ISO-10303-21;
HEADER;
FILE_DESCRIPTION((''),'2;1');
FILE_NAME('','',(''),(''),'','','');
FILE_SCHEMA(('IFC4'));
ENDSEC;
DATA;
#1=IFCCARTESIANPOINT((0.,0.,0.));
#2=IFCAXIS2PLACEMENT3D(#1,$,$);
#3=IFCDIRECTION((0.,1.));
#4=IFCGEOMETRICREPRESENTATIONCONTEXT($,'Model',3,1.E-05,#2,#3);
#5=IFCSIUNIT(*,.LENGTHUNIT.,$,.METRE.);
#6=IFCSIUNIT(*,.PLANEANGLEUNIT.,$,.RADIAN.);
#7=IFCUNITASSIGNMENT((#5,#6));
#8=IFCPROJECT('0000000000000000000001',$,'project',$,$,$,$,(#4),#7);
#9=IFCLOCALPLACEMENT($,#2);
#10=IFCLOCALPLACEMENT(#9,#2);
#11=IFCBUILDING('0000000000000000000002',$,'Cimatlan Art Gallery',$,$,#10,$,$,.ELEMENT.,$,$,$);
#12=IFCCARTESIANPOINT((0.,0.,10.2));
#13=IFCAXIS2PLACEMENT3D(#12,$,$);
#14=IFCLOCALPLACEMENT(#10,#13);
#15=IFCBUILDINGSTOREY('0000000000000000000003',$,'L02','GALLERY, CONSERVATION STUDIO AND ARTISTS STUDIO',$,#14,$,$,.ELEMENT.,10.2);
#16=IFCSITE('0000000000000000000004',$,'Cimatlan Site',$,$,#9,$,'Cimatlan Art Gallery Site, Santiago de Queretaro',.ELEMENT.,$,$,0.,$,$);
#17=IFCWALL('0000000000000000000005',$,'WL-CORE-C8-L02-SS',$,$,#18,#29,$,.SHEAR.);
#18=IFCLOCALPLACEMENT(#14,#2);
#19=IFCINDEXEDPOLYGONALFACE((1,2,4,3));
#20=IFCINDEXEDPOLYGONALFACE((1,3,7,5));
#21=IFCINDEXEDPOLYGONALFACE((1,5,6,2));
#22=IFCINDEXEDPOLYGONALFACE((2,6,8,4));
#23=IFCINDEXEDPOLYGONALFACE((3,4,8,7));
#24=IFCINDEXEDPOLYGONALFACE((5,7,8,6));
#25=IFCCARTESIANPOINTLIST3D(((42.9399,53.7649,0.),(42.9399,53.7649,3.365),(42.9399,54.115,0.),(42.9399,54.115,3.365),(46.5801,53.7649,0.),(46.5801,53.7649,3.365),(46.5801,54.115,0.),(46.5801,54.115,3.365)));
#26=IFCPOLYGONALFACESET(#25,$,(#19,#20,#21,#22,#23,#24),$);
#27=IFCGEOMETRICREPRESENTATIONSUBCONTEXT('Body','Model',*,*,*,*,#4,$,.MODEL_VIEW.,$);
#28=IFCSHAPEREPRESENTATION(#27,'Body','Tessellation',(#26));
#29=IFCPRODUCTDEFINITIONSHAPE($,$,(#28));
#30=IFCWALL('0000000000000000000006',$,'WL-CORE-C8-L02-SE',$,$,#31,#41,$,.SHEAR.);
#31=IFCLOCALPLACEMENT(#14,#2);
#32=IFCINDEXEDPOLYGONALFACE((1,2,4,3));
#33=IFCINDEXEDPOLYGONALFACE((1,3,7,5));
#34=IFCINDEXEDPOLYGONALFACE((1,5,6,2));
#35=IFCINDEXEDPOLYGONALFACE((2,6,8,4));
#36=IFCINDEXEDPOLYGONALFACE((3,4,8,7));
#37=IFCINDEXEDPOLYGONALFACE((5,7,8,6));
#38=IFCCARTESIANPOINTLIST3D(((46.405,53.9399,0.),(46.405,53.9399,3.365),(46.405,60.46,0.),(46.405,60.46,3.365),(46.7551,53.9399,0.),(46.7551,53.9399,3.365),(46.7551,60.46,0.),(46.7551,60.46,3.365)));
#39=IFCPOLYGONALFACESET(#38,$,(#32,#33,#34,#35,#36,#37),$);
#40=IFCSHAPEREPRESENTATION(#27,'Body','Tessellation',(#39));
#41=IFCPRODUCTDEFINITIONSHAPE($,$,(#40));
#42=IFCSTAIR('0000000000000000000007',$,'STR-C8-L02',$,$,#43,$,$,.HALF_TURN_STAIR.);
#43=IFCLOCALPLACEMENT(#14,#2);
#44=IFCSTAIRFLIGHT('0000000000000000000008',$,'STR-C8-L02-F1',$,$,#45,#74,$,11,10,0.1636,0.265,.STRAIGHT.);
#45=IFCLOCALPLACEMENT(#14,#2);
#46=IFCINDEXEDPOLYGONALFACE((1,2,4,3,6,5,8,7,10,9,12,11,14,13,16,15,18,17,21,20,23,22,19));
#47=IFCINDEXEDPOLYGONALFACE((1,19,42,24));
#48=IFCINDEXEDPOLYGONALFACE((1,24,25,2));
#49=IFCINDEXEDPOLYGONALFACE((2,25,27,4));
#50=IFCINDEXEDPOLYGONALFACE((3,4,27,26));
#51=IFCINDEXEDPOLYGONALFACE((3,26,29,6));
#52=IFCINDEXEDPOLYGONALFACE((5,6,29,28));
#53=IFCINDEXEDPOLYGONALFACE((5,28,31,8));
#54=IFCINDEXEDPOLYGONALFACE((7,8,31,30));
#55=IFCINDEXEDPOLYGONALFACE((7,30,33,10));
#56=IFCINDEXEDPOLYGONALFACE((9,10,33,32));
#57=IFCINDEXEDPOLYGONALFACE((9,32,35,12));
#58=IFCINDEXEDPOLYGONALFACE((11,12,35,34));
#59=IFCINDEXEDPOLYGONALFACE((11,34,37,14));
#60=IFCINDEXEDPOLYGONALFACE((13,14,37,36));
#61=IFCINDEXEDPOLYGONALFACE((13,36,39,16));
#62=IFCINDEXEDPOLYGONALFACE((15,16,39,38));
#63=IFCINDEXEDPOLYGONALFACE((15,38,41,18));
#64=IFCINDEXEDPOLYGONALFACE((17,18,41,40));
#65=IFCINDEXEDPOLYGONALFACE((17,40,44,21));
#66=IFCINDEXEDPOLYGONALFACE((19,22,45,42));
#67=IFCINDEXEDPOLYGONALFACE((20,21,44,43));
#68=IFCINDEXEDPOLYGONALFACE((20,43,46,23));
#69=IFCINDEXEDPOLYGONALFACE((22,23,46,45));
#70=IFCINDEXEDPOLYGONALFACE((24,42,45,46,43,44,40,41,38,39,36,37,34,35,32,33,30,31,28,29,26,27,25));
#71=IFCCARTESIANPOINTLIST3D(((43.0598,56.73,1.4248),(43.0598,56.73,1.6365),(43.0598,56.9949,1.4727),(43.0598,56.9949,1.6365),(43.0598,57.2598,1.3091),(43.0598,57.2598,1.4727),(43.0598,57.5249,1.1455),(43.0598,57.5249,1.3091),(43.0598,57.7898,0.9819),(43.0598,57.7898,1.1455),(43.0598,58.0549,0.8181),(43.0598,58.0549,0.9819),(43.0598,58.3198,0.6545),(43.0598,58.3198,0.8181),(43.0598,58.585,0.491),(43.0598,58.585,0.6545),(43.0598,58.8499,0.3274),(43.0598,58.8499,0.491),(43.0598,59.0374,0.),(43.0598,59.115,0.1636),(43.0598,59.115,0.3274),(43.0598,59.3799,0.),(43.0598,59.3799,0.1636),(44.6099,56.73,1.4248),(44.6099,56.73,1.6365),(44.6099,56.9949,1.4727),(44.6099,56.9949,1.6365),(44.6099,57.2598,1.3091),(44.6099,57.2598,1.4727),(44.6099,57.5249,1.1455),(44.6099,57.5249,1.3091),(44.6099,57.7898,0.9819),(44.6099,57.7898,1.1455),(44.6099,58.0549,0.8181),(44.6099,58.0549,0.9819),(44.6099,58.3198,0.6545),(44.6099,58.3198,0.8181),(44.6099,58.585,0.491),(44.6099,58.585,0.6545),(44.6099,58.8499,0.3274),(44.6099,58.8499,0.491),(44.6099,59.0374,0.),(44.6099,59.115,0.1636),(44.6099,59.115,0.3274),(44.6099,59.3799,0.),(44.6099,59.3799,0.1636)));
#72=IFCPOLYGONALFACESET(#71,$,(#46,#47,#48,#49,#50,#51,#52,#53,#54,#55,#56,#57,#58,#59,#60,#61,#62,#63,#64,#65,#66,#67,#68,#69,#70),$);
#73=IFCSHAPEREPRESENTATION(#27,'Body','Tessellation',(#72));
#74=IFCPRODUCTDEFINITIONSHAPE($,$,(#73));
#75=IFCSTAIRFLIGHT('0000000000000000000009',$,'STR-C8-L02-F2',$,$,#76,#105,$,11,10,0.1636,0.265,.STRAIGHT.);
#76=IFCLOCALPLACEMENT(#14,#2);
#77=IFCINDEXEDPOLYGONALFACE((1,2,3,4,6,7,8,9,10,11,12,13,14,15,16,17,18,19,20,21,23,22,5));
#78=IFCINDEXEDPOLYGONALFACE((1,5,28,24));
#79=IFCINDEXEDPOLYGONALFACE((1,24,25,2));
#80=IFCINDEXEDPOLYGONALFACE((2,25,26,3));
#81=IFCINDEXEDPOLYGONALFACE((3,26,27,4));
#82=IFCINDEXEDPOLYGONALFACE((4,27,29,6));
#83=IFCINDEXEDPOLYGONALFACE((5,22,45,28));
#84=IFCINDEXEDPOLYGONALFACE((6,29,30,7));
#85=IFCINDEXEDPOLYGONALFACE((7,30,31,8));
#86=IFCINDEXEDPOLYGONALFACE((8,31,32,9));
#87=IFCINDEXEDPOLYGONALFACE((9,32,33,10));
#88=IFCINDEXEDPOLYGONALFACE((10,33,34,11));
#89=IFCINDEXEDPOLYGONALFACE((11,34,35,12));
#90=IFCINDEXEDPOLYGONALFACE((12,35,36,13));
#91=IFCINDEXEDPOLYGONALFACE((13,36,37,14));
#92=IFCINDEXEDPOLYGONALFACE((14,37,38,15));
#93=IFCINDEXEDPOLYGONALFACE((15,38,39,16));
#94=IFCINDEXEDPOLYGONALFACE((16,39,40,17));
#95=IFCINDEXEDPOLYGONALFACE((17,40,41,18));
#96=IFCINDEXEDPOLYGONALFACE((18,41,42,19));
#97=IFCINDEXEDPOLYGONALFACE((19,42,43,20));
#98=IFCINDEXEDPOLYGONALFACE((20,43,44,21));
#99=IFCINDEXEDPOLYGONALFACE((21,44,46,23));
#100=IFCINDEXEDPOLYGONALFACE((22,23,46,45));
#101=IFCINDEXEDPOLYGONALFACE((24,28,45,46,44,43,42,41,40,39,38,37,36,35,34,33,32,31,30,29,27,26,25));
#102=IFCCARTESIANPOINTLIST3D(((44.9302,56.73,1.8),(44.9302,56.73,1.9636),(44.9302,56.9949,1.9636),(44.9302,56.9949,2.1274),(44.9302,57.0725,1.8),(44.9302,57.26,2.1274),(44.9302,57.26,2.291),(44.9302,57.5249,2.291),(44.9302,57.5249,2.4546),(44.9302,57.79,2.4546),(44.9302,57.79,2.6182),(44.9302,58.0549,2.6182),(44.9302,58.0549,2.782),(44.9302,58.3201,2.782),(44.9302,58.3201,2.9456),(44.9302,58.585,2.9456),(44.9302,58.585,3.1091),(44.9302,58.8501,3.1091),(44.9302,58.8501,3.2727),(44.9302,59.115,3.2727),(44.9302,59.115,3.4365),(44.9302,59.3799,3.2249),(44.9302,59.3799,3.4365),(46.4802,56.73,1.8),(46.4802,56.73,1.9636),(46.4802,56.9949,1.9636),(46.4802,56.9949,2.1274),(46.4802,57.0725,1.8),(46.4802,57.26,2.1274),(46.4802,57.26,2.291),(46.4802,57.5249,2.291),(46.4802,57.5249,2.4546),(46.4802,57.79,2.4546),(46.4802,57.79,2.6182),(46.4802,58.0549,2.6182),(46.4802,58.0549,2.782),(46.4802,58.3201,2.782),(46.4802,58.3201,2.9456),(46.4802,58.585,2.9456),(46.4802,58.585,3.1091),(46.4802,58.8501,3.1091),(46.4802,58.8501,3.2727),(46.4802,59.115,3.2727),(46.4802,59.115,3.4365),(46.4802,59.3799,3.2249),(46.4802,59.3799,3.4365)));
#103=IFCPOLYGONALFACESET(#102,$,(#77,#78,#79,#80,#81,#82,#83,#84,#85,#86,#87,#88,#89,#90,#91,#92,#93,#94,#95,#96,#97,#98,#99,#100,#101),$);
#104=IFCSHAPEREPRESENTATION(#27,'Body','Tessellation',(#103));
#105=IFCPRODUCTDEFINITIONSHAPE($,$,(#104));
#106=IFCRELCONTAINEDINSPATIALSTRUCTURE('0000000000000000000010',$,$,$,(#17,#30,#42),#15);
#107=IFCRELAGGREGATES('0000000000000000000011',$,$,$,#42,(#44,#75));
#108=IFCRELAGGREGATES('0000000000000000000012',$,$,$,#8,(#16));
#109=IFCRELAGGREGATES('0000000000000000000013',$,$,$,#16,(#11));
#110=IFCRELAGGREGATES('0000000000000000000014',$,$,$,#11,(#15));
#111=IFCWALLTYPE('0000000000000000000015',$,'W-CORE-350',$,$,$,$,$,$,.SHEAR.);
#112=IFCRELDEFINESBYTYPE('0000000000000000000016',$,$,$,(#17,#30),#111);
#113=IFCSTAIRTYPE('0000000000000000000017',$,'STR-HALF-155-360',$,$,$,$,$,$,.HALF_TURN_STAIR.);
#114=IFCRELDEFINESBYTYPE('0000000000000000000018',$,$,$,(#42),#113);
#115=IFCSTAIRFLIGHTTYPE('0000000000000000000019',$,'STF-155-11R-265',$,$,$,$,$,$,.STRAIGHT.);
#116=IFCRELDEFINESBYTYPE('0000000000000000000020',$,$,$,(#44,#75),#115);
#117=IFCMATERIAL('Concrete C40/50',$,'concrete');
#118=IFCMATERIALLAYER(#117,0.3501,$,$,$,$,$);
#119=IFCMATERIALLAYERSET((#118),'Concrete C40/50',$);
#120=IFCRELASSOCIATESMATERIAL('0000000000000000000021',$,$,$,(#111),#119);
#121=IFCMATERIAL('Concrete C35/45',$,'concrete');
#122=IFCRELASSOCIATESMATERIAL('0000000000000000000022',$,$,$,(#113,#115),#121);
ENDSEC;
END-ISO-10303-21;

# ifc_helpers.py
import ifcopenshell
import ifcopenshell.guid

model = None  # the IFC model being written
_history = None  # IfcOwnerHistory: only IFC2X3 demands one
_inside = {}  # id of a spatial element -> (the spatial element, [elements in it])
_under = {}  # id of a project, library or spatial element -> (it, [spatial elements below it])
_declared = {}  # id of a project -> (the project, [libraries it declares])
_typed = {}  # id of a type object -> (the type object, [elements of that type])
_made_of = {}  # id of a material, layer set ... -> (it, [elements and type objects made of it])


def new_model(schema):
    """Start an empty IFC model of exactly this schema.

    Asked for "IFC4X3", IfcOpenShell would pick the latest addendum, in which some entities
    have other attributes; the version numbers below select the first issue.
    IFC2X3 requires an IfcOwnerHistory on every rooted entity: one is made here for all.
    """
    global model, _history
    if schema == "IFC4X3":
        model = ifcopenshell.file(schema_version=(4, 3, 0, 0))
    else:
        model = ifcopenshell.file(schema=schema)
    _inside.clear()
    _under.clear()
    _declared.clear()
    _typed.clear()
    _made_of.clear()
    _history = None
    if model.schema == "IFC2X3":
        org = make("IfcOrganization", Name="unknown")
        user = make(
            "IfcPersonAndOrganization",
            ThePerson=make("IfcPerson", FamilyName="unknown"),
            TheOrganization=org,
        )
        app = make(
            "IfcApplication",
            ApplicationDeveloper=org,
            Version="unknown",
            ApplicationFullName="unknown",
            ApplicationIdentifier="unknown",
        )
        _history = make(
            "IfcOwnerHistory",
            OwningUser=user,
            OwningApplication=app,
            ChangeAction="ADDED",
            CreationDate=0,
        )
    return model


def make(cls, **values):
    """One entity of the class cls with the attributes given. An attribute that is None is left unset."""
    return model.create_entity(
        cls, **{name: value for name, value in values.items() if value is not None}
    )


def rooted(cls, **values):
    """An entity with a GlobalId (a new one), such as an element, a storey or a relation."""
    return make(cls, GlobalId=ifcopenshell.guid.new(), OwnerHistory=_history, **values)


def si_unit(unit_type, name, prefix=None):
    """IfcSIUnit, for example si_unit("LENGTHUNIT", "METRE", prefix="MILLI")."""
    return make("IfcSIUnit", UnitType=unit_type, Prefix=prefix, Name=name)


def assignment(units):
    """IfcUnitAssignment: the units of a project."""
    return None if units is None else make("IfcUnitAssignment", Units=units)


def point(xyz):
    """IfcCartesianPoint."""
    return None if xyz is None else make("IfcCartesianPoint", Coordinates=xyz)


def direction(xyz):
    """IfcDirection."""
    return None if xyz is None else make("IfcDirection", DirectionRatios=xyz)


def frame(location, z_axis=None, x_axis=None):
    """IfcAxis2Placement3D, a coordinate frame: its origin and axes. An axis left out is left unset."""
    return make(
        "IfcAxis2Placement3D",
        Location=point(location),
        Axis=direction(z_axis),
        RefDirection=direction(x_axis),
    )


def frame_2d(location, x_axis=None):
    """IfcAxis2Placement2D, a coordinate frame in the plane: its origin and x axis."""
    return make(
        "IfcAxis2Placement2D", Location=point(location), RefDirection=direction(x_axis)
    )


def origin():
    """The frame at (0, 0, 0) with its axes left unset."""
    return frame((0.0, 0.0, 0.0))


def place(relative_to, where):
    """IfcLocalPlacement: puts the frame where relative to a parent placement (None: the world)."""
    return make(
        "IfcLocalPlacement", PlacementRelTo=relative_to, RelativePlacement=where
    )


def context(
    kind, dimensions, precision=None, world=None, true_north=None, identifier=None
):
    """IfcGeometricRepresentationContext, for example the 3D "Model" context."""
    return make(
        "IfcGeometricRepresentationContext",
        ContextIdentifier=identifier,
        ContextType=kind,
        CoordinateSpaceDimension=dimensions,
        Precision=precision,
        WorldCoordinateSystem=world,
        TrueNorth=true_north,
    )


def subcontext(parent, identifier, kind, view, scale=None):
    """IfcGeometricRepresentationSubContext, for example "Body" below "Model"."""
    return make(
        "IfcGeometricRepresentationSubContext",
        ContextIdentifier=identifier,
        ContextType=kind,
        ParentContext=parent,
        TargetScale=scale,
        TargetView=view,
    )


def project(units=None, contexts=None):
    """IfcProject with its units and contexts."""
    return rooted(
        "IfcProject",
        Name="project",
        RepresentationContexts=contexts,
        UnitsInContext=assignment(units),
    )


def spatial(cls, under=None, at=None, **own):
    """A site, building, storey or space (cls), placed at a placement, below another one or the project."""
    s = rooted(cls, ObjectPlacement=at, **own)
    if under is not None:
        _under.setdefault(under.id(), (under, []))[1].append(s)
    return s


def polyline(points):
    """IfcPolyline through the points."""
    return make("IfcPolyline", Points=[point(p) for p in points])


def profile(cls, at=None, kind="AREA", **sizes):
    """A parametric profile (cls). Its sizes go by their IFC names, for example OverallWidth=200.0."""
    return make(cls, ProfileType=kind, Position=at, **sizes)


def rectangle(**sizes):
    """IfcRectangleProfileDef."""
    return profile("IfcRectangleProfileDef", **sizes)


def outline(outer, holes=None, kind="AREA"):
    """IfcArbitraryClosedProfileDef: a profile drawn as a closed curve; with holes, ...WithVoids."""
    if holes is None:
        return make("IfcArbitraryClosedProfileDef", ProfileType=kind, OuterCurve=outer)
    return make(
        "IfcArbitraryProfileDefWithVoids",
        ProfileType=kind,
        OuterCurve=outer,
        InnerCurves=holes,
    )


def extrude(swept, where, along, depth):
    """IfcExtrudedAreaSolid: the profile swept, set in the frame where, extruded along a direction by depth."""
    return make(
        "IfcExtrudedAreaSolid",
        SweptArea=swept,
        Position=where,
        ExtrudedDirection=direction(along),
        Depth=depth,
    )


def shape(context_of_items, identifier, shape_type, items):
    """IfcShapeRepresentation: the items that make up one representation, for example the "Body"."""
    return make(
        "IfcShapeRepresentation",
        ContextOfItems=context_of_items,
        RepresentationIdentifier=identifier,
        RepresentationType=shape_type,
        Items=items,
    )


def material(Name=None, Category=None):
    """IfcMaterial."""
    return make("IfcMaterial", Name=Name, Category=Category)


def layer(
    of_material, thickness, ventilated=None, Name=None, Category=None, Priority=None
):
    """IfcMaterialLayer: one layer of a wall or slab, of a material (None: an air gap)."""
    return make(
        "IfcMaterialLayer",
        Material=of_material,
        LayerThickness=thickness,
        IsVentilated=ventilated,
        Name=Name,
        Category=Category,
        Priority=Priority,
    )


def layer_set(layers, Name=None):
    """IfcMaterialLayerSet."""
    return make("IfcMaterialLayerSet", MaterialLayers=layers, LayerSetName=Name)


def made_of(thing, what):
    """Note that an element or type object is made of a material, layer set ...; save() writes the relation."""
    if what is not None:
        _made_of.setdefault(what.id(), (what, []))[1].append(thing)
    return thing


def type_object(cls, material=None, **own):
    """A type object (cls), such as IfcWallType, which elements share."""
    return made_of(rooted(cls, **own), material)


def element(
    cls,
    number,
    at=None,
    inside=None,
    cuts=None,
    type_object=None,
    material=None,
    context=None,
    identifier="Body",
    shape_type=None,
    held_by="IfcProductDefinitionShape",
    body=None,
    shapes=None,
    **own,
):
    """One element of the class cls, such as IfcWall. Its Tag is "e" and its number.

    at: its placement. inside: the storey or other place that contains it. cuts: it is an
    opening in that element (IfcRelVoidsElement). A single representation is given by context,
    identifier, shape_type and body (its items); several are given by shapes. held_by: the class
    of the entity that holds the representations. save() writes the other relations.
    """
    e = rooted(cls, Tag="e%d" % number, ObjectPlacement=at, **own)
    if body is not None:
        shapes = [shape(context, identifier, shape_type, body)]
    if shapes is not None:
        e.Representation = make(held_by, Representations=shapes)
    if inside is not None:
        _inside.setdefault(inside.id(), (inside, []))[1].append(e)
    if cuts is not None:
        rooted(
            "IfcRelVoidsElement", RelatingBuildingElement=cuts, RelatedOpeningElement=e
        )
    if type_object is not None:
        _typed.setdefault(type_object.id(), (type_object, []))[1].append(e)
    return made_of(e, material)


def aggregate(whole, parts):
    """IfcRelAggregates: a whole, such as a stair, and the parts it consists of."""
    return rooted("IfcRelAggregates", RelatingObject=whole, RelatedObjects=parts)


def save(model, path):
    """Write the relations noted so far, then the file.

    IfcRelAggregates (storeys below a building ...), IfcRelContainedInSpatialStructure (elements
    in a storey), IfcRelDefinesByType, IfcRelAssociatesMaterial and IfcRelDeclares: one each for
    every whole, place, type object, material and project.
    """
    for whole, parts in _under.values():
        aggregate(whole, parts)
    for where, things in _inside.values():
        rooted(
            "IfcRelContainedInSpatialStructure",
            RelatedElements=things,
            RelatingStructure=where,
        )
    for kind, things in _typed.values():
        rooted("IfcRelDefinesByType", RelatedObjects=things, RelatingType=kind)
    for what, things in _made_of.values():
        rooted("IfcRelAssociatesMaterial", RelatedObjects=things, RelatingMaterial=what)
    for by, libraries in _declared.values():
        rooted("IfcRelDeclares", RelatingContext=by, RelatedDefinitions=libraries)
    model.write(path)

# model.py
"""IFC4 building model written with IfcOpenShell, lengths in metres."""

from ifc_helpers import new_model, si_unit, direction, frame, frame_2d, origin, place, context, subcontext, project, spatial, polyline, rectangle, outline, extrude, material, layer, layer_set, type_object, element, aggregate, save


model = new_model("IFC4")

# Units and contexts
model_context = context("Model", 3, precision=1e-05, world=origin(), true_north=direction((0.0, 1.0)))
body_context = subcontext(model_context, "Body", "Model", "MODEL_VIEW")
ifc_project = project(units=[si_unit("LENGTHUNIT", "METRE"), si_unit("PLANEANGLEUNIT", "RADIAN")], contexts=[model_context])

# Site, building, storey
site_placement = place(None, origin())
site = spatial("IfcSite", under=ifc_project, at=site_placement, Name="Cimatlan Site", LongName="Cimatlan Art Gallery Site, Santiago de Queretaro", CompositionType="ELEMENT", RefElevation=0.0)
building_placement = place(site_placement, origin())
building = spatial("IfcBuilding", under=site, at=building_placement, Name="Cimatlan Art Gallery", CompositionType="ELEMENT")
storey_placement = place(building_placement, frame((0.0, 0.0, 10.2)))
storey = spatial("IfcBuildingStorey", under=building, at=storey_placement, Name="L02", Description="GALLERY, CONSERVATION STUDIO AND ARTISTS STUDIO", CompositionType="ELEMENT", Elevation=10.2)

# Walls
ifc_material_1 = material(Name="Concrete C40/50", Category="concrete")
ifc_layer_1 = layer(ifc_material_1, 0.3501)
ifc_layer_set_1 = layer_set([ifc_layer_1], Name="Concrete C40/50")
wall_type = type_object("IfcWallType", Name="W-CORE-350", PredefinedType="SHEAR", material=ifc_layer_set_1)
wall_1_placement = place(storey_placement, frame((42.9399, 53.9399, 0.0), z_axis=(0.0, 0.0, 1.0), x_axis=(1.0, 0.0, 0.0)))
element("IfcWall", 1, at=wall_1_placement, inside=storey, type_object=wall_type, Name="WL-CORE-C8-L02-SS", PredefinedType="SHEAR", context=body_context, shape_type="SweptSolid", body=[
    extrude(rectangle(XDim=3.6401, YDim=0.3501, at=frame_2d((1.8201, 0.0))), origin(), (0.0, 0.0, 1.0), 3.365),
])
wall_2_placement = place(storey_placement, frame((46.5801, 53.9399, 0.0), z_axis=(0.0, 0.0, 1.0), x_axis=(0.0, 1.0, 0.0)))
element("IfcWall", 2, at=wall_2_placement, inside=storey, type_object=wall_type, Name="WL-CORE-C8-L02-SE", PredefinedType="SHEAR", context=body_context, shape_type="SweptSolid", body=[
    extrude(rectangle(XDim=6.52, YDim=0.3501, at=frame_2d((3.26, 0.0))), origin(), (0.0, 0.0, 1.0), 3.365),
])

# Stair, stair flights
ifc_material_2 = material(Name="Concrete C35/45", Category="concrete")
stair_type = type_object("IfcStairType", Name="STR-HALF-155-360", PredefinedType="HALF_TURN_STAIR", material=ifc_material_2)
stair_placement = place(storey_placement, origin())
stair = element("IfcStair", 3, at=stair_placement, inside=storey, type_object=stair_type, Name="STR-C8-L02", PredefinedType="HALF_TURN_STAIR")
stair_flight_type = type_object("IfcStairFlightType", Name="STF-155-11R-265", PredefinedType="STRAIGHT", material=ifc_material_2)
stair_flight_1_placement = place(storey_placement, frame((43.835, 59.3799, 0.0), z_axis=(0.0, 0.0, 1.0), x_axis=(0.0, -1.0, 0.0)))
stair_flight_1 = element("IfcStairFlight", 4, at=stair_flight_1_placement, type_object=stair_flight_type, Name="STR-C8-L02-F1", NumberOfRisers=11, NumberOfTreads=10, PredefinedType="STRAIGHT", RiserHeight=0.1636, TreadLength=0.265, context=body_context, shape_type="SweptSolid", body=[
    extrude(outline(polyline([(0.0, 0.0), (0.0, 0.1636), (0.2649, 0.1636), (0.2649, 0.3274), (0.53, 0.3274), (0.53, 0.491), (0.7949, 0.491), (0.7949, 0.6545), (1.0601, 0.6545), (1.0601, 0.8181), (1.325, 0.8181), (1.325, 0.9819), (1.5901, 0.9819), (1.5901, 1.1455), (1.855, 1.1455), (1.855, 1.3091), (2.1201, 1.3091), (2.1201, 1.4727), (2.385, 1.4727), (2.385, 1.6365), (2.6499, 1.6365), (2.6499, 1.8), (2.6499, 1.4248), (0.3425, 0.0), (0.0, 0.0)])), frame((0.0, 0.7749, 0.0), z_axis=(0.0, -1.0, 0.0), x_axis=(1.0, 0.0, 0.0)), (0.0, 0.0, 1.0), 1.55),
])
stair_flight_2_placement = place(storey_placement, frame((45.7051, 56.73, 1.8), z_axis=(0.0, 0.0, 1.0), x_axis=(0.0, 1.0, 0.0)))
stair_flight_2 = element("IfcStairFlight", 5, at=stair_flight_2_placement, type_object=stair_flight_type, Name="STR-C8-L02-F2", NumberOfRisers=11, NumberOfTreads=10, PredefinedType="STRAIGHT", RiserHeight=0.1636, TreadLength=0.265, context=body_context, shape_type="SweptSolid", body=[
    extrude(outline(polyline([(0.0, 0.0), (0.0, 0.1636), (0.2649, 0.1636), (0.2649, 0.3274), (0.53, 0.3274), (0.53, 0.491), (0.7949, 0.491), (0.7949, 0.6545), (1.0601, 0.6545), (1.0601, 0.8181), (1.325, 0.8181), (1.325, 0.9819), (1.5901, 0.9819), (1.5901, 1.1455), (1.855, 1.1455), (1.855, 1.3091), (2.1201, 1.3091), (2.1201, 1.4727), (2.385, 1.4727), (2.385, 1.6365), (2.6499, 1.6365), (2.6499, 1.8), (2.6499, 1.4248), (0.3425, 0.0), (0.0, 0.0)])), frame((0.0, 0.7749, 0.0), z_axis=(0.0, -1.0, 0.0), x_axis=(1.0, 0.0, 0.0)), (0.0, 0.0, 1.0), 1.55),
])
aggregate(stair, [stair_flight_1, stair_flight_2])

save(model, "model.ifc")
